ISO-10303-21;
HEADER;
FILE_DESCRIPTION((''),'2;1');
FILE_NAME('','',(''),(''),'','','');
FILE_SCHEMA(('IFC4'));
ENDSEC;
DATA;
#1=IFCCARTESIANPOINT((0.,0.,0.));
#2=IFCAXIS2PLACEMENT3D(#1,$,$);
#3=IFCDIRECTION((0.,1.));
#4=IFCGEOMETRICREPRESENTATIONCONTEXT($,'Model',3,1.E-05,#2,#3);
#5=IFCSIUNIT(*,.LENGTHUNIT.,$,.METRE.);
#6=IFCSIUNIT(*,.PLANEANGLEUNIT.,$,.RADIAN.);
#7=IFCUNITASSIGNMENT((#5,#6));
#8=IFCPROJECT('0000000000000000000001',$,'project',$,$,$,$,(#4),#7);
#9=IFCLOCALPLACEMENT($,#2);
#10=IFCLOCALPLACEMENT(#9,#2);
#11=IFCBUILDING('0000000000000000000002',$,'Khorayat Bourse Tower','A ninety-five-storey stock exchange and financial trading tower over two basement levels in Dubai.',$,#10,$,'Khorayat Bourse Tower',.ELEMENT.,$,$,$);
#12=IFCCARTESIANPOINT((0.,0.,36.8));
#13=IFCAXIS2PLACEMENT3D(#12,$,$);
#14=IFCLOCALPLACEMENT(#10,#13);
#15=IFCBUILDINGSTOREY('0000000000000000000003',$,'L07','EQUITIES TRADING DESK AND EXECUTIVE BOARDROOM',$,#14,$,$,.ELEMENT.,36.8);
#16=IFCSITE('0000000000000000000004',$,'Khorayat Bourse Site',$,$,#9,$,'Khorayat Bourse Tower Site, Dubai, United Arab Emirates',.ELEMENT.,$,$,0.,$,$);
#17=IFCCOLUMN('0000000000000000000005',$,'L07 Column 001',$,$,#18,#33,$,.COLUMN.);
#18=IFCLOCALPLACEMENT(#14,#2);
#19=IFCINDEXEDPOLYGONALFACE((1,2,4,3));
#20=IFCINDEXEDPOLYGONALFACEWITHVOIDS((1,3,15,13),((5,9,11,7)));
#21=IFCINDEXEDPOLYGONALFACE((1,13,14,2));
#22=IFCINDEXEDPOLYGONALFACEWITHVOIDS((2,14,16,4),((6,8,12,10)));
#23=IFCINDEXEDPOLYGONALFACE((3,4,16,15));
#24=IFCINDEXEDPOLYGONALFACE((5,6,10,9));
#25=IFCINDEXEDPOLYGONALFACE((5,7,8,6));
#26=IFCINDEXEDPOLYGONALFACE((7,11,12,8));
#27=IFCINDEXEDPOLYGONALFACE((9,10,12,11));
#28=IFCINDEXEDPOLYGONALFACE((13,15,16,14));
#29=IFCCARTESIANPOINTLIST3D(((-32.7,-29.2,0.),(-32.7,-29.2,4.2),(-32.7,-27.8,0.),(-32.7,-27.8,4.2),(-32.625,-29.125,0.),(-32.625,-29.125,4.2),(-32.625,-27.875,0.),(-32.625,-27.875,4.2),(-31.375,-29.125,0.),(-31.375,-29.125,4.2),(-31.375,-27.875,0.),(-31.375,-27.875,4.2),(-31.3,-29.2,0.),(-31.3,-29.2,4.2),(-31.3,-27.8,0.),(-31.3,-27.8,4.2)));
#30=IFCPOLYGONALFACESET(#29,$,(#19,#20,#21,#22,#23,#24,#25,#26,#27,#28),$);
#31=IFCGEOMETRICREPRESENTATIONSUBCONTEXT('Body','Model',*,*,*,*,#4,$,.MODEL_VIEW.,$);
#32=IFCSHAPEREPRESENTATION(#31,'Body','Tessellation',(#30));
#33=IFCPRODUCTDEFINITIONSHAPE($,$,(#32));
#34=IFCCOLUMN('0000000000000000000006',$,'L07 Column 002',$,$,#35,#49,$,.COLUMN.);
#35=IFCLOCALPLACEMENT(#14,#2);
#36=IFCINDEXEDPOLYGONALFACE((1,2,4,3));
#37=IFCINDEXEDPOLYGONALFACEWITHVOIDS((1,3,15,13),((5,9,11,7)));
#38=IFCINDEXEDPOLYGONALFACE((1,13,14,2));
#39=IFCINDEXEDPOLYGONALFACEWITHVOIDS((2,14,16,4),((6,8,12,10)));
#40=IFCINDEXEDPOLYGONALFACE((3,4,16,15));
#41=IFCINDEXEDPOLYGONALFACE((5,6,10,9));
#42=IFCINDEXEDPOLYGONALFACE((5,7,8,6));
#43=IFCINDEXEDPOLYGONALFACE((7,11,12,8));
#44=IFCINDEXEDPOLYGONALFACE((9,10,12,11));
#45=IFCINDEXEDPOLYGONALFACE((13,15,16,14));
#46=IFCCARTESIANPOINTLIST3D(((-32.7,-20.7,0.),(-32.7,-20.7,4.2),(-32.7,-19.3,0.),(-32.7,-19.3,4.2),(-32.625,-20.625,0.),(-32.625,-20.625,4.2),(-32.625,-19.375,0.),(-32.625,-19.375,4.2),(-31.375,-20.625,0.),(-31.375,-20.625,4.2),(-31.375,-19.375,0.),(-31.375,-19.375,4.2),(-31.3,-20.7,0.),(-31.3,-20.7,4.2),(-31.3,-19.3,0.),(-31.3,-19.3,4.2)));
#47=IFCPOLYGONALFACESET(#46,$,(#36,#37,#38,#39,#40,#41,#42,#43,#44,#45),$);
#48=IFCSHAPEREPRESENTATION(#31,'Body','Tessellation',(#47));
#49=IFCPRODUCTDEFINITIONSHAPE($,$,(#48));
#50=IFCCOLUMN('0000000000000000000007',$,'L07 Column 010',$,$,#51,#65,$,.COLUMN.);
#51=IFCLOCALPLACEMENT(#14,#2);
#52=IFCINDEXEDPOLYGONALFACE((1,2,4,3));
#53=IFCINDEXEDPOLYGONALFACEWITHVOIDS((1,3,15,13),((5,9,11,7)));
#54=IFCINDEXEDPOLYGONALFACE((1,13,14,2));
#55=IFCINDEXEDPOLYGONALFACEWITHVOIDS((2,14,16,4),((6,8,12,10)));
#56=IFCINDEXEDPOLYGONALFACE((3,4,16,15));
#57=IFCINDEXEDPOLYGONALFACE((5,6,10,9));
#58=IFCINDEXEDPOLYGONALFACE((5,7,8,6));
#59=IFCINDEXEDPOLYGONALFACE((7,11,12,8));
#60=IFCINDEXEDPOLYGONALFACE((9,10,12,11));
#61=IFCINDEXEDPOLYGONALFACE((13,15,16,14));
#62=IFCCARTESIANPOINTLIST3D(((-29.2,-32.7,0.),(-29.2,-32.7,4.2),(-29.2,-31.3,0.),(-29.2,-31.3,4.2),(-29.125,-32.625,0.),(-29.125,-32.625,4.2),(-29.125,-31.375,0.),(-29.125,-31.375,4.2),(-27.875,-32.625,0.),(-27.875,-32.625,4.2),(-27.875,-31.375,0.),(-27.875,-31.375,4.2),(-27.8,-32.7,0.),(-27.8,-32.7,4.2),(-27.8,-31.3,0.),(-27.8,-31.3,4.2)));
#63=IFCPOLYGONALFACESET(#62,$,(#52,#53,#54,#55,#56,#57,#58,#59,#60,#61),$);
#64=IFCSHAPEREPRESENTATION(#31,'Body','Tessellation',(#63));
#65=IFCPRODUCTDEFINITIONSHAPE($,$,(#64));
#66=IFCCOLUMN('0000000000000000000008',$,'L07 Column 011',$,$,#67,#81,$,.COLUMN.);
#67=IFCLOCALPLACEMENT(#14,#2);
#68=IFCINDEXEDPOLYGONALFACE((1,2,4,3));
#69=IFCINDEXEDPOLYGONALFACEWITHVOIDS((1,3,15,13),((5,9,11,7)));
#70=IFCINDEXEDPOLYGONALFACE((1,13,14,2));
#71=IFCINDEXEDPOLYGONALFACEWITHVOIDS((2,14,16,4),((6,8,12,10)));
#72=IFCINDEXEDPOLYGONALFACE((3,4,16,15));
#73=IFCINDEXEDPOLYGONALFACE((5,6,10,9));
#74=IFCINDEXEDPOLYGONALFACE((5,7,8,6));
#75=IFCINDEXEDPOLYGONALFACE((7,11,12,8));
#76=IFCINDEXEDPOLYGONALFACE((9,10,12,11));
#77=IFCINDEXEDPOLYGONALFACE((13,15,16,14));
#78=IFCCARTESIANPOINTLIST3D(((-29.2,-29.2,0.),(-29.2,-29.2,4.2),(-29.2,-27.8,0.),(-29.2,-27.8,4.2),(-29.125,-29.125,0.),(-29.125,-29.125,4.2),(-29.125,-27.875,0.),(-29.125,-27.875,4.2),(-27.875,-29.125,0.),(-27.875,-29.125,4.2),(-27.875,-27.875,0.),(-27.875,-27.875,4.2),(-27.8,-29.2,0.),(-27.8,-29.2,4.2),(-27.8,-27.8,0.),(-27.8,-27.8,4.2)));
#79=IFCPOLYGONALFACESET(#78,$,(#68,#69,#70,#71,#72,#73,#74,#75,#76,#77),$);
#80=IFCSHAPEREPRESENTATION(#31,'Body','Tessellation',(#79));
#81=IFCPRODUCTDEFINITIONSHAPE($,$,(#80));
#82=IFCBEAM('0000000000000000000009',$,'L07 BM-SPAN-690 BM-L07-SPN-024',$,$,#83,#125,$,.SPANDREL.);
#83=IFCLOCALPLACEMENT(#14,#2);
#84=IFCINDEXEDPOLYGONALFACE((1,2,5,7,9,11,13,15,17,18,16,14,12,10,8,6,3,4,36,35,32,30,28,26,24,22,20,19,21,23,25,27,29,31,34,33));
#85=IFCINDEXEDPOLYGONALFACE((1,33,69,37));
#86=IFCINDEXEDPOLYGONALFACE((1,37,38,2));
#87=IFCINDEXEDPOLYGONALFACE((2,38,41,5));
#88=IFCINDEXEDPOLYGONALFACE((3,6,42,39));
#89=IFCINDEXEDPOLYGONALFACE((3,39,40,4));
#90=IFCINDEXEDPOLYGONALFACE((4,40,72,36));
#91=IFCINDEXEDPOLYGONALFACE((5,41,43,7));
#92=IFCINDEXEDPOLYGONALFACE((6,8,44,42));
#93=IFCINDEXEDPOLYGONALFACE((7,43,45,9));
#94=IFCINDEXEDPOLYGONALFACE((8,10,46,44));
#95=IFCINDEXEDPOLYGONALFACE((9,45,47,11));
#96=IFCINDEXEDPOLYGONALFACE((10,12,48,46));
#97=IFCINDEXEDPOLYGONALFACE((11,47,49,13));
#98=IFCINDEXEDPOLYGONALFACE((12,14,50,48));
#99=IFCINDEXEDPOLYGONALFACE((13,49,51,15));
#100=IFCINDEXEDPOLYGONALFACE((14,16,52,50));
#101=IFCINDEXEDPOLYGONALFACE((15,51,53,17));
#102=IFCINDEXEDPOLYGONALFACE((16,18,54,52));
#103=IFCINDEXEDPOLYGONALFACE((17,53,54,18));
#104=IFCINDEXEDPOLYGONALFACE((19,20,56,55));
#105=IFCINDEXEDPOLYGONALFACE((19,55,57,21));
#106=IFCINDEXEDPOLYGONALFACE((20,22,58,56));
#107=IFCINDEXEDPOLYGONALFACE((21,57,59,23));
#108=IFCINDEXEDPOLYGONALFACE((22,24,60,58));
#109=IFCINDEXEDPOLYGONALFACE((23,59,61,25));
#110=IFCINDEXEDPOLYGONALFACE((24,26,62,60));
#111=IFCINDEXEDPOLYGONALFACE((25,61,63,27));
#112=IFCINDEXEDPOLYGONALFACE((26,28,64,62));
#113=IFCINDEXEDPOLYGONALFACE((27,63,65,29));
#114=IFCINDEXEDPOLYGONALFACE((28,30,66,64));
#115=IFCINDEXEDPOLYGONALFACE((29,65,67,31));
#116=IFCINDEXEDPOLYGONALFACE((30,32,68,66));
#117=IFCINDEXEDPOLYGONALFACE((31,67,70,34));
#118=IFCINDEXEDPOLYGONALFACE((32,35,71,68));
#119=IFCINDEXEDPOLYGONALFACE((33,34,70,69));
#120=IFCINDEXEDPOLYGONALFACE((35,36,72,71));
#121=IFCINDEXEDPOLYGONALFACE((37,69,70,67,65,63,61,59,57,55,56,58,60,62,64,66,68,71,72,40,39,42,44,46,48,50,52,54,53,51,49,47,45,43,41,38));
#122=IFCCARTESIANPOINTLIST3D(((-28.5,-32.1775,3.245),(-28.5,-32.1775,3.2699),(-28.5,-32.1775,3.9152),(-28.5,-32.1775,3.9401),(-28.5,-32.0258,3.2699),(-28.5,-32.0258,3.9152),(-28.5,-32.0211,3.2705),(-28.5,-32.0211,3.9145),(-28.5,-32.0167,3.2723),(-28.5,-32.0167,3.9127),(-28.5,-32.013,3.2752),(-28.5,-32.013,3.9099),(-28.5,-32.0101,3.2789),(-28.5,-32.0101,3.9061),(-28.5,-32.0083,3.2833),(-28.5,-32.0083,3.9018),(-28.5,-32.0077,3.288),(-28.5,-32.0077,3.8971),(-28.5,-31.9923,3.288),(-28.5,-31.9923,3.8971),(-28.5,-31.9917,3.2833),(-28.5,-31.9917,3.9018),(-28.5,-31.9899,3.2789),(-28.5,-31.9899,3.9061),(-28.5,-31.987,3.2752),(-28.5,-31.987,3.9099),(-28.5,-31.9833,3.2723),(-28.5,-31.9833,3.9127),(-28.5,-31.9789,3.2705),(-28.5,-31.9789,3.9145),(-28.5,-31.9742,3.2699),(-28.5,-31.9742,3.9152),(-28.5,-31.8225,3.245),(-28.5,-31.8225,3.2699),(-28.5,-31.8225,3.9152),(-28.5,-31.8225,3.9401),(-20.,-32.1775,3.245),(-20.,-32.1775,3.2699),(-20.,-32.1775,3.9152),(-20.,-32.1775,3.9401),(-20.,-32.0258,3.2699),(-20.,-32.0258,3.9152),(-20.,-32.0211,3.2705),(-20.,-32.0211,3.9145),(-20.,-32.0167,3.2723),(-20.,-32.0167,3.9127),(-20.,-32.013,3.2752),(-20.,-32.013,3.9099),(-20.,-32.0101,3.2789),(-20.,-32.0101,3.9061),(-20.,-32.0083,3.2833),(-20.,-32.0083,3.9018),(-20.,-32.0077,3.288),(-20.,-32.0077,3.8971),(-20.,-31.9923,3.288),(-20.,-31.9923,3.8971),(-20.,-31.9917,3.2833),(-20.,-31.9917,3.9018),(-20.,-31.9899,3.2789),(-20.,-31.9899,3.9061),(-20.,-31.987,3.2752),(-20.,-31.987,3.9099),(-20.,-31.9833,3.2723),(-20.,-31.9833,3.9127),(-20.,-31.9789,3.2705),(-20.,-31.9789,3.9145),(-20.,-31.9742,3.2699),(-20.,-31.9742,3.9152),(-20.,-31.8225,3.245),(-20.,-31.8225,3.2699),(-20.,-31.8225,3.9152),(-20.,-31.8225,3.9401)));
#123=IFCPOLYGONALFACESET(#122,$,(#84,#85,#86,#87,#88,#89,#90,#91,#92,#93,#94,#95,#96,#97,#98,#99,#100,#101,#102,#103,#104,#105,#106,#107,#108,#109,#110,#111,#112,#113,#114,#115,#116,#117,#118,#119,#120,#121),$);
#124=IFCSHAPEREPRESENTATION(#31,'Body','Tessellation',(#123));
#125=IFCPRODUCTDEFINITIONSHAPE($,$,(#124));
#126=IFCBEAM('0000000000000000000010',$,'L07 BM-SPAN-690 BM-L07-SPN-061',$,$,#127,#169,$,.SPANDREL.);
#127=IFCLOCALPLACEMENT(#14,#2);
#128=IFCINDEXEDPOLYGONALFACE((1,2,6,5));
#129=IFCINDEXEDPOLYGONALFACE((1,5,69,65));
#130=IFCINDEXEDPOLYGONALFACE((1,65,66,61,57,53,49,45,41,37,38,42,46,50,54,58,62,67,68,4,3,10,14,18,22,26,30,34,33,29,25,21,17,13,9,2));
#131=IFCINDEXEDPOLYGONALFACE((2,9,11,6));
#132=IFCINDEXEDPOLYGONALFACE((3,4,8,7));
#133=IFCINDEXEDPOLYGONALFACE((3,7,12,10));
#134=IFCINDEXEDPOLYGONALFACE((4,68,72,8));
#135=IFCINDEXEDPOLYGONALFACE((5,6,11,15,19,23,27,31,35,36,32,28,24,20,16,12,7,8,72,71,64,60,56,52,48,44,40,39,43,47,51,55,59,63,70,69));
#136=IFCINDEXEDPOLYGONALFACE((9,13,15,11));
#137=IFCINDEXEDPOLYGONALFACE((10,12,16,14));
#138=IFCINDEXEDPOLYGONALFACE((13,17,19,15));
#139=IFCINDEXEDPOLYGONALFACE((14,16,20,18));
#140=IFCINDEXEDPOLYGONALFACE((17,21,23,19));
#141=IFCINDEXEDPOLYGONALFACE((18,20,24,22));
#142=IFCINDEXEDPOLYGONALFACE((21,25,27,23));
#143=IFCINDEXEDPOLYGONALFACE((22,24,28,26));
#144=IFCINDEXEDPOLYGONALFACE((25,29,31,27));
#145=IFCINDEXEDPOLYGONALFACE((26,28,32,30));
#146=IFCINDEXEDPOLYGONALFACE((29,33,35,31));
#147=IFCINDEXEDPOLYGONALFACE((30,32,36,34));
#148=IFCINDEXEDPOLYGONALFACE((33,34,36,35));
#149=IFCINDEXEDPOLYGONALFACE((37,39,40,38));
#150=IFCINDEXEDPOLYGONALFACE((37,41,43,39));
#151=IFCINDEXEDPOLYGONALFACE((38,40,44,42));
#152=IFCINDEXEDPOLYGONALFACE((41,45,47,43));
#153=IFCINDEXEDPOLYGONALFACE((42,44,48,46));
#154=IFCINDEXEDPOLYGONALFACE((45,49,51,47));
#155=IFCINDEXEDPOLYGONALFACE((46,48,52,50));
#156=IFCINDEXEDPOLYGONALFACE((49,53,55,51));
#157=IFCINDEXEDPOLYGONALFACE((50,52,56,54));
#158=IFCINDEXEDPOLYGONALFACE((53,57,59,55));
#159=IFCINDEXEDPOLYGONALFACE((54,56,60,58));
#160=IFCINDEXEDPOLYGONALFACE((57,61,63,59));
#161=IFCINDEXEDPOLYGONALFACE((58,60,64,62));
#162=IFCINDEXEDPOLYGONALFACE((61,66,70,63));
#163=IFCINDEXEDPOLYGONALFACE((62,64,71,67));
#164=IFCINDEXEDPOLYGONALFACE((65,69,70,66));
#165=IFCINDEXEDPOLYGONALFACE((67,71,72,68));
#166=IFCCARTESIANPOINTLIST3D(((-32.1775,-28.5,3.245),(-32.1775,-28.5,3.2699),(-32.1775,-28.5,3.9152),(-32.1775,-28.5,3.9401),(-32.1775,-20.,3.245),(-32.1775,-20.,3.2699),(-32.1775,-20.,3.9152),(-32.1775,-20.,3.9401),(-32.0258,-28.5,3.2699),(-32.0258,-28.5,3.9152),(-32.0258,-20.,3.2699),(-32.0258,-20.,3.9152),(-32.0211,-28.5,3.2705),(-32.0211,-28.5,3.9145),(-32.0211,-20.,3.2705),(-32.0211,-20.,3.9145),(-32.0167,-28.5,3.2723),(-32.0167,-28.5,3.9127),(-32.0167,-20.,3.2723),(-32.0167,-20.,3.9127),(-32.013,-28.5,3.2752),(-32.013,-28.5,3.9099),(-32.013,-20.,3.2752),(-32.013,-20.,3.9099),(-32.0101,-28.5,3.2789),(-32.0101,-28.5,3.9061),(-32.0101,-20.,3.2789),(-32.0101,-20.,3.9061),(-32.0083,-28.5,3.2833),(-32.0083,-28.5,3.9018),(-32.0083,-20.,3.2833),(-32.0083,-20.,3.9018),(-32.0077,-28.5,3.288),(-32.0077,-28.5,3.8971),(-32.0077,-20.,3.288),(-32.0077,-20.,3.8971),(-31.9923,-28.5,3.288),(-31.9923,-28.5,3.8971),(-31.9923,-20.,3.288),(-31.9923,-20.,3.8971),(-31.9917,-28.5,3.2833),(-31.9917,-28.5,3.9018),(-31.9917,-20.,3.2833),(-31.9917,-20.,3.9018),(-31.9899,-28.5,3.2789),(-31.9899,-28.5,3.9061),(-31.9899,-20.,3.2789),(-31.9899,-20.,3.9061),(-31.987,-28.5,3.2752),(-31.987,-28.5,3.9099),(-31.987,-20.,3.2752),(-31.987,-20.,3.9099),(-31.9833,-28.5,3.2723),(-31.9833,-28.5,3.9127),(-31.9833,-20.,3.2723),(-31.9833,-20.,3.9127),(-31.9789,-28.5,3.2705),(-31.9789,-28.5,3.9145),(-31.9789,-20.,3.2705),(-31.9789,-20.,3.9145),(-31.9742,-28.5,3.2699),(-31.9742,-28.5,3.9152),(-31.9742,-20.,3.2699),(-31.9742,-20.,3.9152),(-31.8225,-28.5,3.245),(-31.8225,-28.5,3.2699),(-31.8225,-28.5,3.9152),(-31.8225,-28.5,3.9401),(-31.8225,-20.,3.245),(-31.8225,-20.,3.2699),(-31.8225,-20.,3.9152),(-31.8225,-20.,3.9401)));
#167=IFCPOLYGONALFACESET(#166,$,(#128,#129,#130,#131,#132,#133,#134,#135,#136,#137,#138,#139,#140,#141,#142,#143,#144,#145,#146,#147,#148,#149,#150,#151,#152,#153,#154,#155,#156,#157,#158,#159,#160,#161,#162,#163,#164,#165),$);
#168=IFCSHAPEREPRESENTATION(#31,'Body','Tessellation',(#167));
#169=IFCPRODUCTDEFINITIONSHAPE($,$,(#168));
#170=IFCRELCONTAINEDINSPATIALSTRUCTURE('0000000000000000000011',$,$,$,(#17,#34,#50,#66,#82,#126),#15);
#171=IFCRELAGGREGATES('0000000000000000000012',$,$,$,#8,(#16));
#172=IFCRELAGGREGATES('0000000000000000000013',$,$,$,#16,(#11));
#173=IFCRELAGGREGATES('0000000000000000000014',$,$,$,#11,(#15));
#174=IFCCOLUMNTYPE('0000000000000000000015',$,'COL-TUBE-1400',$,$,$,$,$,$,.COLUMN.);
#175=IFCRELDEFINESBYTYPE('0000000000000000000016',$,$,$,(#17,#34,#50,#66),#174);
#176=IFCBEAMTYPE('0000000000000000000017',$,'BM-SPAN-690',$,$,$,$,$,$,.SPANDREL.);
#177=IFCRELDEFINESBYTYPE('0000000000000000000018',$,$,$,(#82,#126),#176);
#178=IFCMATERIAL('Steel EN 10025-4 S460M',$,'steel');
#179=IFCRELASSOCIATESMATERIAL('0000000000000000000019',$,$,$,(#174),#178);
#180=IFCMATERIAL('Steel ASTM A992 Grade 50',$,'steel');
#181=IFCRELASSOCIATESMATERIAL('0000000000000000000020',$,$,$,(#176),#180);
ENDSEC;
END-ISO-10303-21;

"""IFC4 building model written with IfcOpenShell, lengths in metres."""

from ifc_helpers import new_model, si_unit, direction, frame, origin, origin_2d, place, context, subcontext, project, spatial, hollow_rectangle, i_section, extrude, source, transform, mapped, material, material_profile, profile_set, type_object, element, save


model = new_model("IFC4")

# Units and contexts
model_context = context("Model", 3, precision=1e-05, world=origin(), true_north=direction((0.0, 1.0)))
body_context = subcontext(model_context, "Body", "Model", "MODEL_VIEW")
ifc_project = project(units=[si_unit("LENGTHUNIT", "METRE"), si_unit("PLANEANGLEUNIT", "RADIAN")], contexts=[model_context])

# Site, building, storey
site_placement = place(None, origin())
site = spatial("IfcSite", under=ifc_project, at=site_placement, Name="Khorayat Bourse Site", LongName="Khorayat Bourse Tower Site, Dubai, United Arab Emirates", CompositionType="ELEMENT", RefElevation=0.0)
building_placement = place(site_placement, origin())
building = spatial("IfcBuilding", under=site, at=building_placement, Name="Khorayat Bourse Tower", Description="A ninety-five-storey stock exchange and financial trading tower over two basement levels in Dubai.", LongName="Khorayat Bourse Tower", CompositionType="ELEMENT")
storey_placement = place(building_placement, frame((0.0, 0.0, 36.8)))
storey = spatial("IfcBuildingStorey", under=building, at=storey_placement, Name="L07", Description="EQUITIES TRADING DESK AND EXECUTIVE BOARDROOM", CompositionType="ELEMENT", Elevation=36.8)

# Columns
ifc_material_1 = material(Name="Steel EN 10025-4 S460M", Category="steel")
ifc_material_profile_1 = material_profile(ifc_material_1, hollow_rectangle(XDim=1.3999, YDim=1.3999, WallThickness=0.075, at=origin_2d()), Name="BOX 1400x1400x75")
ifc_profile_set_1 = profile_set([ifc_material_profile_1], Name="Steel EN 10025-4 S460M")
column_type = type_object("IfcColumnType", Name="COL-TUBE-1400", PredefinedType="COLUMN", material=ifc_profile_set_1)
shared_shape_1 = source(origin(), body_context, "Body", "SweptSolid", [
    extrude(hollow_rectangle(XDim=1.3999, YDim=1.3999, WallThickness=0.075, at=origin_2d()), origin(), (0.0, 0.0, 1.0), 4.2),
])
for number, where, z_axis, x_axis, name in (
    (1, (-32.0, -28.5, 0.0), (0.0, 0.0, 1.0), (1.0, 0.0, 0.0), "L07 Column 001"),
    (2, (-32.0, -20.0, 0.0), (0.0, 0.0, 1.0), (1.0, 0.0, 0.0), "L07 Column 002"),
    (3, (-28.5, -32.0, 0.0), (0.0, 0.0, 1.0), (1.0, 0.0, 0.0), "L07 Column 010"),
    (4, (-28.5, -28.5, 0.0), (0.0, 0.0, 1.0), (1.0, 0.0, 0.0), "L07 Column 011"),
):
    element("IfcColumn", number, at=place(storey_placement, frame(where, z_axis=z_axis, x_axis=x_axis)), inside=storey, type_object=column_type, Name=name, PredefinedType="COLUMN", context=body_context, shape_type="MappedRepresentation", body=[
        mapped(shared_shape_1, transform((0.0, 0.0, 0.0), scale=1.0)),
    ])

# Beams
ifc_material_2 = material(Name="Steel ASTM A992 Grade 50", Category="steel")
ifc_material_profile_2 = material_profile(ifc_material_2, i_section(OverallWidth=0.355, OverallDepth=0.6951, WebThickness=0.0154, FlangeThickness=0.0249, FilletRadius=0.0181, at=origin_2d()), Name="W690X217")
ifc_profile_set_2 = profile_set([ifc_material_profile_2], Name="Steel ASTM A992 Grade 50")
beam_type_1 = type_object("IfcBeamType", Name="BM-SPAN-690", PredefinedType="SPANDREL", material=ifc_profile_set_2)
shared_shape_2 = source(origin(), body_context, "Body", "SweptSolid", [
    extrude(i_section(OverallWidth=0.355, OverallDepth=0.6951, WebThickness=0.0154, FlangeThickness=0.0249, FilletRadius=0.0181, at=origin_2d()), origin(), (0.0, 0.0, 1.0), 8.5),
])
for number, where, z_axis, x_axis, name in (
    (5, (-28.5, -32.0, 3.5925), (1.0, 0.0, 0.0), (0.0, 1.0, 0.0), "L07 BM-SPAN-690 BM-L07-SPN-024"),
    (6, (-32.0, -28.5, 3.5925), (0.0, 1.0, 0.0), (-1.0, 0.0, 0.0), "L07 BM-SPAN-690 BM-L07-SPN-061"),
):
    element("IfcBeam", number, at=place(storey_placement, frame(where, z_axis=z_axis, x_axis=x_axis)), inside=storey, type_object=beam_type_1, Name=name, PredefinedType="SPANDREL", context=body_context, shape_type="MappedRepresentation", body=[
        mapped(shared_shape_2, transform((0.0, 0.0, 0.0), scale=1.0)),
    ])

save(model, "model.ifc")
